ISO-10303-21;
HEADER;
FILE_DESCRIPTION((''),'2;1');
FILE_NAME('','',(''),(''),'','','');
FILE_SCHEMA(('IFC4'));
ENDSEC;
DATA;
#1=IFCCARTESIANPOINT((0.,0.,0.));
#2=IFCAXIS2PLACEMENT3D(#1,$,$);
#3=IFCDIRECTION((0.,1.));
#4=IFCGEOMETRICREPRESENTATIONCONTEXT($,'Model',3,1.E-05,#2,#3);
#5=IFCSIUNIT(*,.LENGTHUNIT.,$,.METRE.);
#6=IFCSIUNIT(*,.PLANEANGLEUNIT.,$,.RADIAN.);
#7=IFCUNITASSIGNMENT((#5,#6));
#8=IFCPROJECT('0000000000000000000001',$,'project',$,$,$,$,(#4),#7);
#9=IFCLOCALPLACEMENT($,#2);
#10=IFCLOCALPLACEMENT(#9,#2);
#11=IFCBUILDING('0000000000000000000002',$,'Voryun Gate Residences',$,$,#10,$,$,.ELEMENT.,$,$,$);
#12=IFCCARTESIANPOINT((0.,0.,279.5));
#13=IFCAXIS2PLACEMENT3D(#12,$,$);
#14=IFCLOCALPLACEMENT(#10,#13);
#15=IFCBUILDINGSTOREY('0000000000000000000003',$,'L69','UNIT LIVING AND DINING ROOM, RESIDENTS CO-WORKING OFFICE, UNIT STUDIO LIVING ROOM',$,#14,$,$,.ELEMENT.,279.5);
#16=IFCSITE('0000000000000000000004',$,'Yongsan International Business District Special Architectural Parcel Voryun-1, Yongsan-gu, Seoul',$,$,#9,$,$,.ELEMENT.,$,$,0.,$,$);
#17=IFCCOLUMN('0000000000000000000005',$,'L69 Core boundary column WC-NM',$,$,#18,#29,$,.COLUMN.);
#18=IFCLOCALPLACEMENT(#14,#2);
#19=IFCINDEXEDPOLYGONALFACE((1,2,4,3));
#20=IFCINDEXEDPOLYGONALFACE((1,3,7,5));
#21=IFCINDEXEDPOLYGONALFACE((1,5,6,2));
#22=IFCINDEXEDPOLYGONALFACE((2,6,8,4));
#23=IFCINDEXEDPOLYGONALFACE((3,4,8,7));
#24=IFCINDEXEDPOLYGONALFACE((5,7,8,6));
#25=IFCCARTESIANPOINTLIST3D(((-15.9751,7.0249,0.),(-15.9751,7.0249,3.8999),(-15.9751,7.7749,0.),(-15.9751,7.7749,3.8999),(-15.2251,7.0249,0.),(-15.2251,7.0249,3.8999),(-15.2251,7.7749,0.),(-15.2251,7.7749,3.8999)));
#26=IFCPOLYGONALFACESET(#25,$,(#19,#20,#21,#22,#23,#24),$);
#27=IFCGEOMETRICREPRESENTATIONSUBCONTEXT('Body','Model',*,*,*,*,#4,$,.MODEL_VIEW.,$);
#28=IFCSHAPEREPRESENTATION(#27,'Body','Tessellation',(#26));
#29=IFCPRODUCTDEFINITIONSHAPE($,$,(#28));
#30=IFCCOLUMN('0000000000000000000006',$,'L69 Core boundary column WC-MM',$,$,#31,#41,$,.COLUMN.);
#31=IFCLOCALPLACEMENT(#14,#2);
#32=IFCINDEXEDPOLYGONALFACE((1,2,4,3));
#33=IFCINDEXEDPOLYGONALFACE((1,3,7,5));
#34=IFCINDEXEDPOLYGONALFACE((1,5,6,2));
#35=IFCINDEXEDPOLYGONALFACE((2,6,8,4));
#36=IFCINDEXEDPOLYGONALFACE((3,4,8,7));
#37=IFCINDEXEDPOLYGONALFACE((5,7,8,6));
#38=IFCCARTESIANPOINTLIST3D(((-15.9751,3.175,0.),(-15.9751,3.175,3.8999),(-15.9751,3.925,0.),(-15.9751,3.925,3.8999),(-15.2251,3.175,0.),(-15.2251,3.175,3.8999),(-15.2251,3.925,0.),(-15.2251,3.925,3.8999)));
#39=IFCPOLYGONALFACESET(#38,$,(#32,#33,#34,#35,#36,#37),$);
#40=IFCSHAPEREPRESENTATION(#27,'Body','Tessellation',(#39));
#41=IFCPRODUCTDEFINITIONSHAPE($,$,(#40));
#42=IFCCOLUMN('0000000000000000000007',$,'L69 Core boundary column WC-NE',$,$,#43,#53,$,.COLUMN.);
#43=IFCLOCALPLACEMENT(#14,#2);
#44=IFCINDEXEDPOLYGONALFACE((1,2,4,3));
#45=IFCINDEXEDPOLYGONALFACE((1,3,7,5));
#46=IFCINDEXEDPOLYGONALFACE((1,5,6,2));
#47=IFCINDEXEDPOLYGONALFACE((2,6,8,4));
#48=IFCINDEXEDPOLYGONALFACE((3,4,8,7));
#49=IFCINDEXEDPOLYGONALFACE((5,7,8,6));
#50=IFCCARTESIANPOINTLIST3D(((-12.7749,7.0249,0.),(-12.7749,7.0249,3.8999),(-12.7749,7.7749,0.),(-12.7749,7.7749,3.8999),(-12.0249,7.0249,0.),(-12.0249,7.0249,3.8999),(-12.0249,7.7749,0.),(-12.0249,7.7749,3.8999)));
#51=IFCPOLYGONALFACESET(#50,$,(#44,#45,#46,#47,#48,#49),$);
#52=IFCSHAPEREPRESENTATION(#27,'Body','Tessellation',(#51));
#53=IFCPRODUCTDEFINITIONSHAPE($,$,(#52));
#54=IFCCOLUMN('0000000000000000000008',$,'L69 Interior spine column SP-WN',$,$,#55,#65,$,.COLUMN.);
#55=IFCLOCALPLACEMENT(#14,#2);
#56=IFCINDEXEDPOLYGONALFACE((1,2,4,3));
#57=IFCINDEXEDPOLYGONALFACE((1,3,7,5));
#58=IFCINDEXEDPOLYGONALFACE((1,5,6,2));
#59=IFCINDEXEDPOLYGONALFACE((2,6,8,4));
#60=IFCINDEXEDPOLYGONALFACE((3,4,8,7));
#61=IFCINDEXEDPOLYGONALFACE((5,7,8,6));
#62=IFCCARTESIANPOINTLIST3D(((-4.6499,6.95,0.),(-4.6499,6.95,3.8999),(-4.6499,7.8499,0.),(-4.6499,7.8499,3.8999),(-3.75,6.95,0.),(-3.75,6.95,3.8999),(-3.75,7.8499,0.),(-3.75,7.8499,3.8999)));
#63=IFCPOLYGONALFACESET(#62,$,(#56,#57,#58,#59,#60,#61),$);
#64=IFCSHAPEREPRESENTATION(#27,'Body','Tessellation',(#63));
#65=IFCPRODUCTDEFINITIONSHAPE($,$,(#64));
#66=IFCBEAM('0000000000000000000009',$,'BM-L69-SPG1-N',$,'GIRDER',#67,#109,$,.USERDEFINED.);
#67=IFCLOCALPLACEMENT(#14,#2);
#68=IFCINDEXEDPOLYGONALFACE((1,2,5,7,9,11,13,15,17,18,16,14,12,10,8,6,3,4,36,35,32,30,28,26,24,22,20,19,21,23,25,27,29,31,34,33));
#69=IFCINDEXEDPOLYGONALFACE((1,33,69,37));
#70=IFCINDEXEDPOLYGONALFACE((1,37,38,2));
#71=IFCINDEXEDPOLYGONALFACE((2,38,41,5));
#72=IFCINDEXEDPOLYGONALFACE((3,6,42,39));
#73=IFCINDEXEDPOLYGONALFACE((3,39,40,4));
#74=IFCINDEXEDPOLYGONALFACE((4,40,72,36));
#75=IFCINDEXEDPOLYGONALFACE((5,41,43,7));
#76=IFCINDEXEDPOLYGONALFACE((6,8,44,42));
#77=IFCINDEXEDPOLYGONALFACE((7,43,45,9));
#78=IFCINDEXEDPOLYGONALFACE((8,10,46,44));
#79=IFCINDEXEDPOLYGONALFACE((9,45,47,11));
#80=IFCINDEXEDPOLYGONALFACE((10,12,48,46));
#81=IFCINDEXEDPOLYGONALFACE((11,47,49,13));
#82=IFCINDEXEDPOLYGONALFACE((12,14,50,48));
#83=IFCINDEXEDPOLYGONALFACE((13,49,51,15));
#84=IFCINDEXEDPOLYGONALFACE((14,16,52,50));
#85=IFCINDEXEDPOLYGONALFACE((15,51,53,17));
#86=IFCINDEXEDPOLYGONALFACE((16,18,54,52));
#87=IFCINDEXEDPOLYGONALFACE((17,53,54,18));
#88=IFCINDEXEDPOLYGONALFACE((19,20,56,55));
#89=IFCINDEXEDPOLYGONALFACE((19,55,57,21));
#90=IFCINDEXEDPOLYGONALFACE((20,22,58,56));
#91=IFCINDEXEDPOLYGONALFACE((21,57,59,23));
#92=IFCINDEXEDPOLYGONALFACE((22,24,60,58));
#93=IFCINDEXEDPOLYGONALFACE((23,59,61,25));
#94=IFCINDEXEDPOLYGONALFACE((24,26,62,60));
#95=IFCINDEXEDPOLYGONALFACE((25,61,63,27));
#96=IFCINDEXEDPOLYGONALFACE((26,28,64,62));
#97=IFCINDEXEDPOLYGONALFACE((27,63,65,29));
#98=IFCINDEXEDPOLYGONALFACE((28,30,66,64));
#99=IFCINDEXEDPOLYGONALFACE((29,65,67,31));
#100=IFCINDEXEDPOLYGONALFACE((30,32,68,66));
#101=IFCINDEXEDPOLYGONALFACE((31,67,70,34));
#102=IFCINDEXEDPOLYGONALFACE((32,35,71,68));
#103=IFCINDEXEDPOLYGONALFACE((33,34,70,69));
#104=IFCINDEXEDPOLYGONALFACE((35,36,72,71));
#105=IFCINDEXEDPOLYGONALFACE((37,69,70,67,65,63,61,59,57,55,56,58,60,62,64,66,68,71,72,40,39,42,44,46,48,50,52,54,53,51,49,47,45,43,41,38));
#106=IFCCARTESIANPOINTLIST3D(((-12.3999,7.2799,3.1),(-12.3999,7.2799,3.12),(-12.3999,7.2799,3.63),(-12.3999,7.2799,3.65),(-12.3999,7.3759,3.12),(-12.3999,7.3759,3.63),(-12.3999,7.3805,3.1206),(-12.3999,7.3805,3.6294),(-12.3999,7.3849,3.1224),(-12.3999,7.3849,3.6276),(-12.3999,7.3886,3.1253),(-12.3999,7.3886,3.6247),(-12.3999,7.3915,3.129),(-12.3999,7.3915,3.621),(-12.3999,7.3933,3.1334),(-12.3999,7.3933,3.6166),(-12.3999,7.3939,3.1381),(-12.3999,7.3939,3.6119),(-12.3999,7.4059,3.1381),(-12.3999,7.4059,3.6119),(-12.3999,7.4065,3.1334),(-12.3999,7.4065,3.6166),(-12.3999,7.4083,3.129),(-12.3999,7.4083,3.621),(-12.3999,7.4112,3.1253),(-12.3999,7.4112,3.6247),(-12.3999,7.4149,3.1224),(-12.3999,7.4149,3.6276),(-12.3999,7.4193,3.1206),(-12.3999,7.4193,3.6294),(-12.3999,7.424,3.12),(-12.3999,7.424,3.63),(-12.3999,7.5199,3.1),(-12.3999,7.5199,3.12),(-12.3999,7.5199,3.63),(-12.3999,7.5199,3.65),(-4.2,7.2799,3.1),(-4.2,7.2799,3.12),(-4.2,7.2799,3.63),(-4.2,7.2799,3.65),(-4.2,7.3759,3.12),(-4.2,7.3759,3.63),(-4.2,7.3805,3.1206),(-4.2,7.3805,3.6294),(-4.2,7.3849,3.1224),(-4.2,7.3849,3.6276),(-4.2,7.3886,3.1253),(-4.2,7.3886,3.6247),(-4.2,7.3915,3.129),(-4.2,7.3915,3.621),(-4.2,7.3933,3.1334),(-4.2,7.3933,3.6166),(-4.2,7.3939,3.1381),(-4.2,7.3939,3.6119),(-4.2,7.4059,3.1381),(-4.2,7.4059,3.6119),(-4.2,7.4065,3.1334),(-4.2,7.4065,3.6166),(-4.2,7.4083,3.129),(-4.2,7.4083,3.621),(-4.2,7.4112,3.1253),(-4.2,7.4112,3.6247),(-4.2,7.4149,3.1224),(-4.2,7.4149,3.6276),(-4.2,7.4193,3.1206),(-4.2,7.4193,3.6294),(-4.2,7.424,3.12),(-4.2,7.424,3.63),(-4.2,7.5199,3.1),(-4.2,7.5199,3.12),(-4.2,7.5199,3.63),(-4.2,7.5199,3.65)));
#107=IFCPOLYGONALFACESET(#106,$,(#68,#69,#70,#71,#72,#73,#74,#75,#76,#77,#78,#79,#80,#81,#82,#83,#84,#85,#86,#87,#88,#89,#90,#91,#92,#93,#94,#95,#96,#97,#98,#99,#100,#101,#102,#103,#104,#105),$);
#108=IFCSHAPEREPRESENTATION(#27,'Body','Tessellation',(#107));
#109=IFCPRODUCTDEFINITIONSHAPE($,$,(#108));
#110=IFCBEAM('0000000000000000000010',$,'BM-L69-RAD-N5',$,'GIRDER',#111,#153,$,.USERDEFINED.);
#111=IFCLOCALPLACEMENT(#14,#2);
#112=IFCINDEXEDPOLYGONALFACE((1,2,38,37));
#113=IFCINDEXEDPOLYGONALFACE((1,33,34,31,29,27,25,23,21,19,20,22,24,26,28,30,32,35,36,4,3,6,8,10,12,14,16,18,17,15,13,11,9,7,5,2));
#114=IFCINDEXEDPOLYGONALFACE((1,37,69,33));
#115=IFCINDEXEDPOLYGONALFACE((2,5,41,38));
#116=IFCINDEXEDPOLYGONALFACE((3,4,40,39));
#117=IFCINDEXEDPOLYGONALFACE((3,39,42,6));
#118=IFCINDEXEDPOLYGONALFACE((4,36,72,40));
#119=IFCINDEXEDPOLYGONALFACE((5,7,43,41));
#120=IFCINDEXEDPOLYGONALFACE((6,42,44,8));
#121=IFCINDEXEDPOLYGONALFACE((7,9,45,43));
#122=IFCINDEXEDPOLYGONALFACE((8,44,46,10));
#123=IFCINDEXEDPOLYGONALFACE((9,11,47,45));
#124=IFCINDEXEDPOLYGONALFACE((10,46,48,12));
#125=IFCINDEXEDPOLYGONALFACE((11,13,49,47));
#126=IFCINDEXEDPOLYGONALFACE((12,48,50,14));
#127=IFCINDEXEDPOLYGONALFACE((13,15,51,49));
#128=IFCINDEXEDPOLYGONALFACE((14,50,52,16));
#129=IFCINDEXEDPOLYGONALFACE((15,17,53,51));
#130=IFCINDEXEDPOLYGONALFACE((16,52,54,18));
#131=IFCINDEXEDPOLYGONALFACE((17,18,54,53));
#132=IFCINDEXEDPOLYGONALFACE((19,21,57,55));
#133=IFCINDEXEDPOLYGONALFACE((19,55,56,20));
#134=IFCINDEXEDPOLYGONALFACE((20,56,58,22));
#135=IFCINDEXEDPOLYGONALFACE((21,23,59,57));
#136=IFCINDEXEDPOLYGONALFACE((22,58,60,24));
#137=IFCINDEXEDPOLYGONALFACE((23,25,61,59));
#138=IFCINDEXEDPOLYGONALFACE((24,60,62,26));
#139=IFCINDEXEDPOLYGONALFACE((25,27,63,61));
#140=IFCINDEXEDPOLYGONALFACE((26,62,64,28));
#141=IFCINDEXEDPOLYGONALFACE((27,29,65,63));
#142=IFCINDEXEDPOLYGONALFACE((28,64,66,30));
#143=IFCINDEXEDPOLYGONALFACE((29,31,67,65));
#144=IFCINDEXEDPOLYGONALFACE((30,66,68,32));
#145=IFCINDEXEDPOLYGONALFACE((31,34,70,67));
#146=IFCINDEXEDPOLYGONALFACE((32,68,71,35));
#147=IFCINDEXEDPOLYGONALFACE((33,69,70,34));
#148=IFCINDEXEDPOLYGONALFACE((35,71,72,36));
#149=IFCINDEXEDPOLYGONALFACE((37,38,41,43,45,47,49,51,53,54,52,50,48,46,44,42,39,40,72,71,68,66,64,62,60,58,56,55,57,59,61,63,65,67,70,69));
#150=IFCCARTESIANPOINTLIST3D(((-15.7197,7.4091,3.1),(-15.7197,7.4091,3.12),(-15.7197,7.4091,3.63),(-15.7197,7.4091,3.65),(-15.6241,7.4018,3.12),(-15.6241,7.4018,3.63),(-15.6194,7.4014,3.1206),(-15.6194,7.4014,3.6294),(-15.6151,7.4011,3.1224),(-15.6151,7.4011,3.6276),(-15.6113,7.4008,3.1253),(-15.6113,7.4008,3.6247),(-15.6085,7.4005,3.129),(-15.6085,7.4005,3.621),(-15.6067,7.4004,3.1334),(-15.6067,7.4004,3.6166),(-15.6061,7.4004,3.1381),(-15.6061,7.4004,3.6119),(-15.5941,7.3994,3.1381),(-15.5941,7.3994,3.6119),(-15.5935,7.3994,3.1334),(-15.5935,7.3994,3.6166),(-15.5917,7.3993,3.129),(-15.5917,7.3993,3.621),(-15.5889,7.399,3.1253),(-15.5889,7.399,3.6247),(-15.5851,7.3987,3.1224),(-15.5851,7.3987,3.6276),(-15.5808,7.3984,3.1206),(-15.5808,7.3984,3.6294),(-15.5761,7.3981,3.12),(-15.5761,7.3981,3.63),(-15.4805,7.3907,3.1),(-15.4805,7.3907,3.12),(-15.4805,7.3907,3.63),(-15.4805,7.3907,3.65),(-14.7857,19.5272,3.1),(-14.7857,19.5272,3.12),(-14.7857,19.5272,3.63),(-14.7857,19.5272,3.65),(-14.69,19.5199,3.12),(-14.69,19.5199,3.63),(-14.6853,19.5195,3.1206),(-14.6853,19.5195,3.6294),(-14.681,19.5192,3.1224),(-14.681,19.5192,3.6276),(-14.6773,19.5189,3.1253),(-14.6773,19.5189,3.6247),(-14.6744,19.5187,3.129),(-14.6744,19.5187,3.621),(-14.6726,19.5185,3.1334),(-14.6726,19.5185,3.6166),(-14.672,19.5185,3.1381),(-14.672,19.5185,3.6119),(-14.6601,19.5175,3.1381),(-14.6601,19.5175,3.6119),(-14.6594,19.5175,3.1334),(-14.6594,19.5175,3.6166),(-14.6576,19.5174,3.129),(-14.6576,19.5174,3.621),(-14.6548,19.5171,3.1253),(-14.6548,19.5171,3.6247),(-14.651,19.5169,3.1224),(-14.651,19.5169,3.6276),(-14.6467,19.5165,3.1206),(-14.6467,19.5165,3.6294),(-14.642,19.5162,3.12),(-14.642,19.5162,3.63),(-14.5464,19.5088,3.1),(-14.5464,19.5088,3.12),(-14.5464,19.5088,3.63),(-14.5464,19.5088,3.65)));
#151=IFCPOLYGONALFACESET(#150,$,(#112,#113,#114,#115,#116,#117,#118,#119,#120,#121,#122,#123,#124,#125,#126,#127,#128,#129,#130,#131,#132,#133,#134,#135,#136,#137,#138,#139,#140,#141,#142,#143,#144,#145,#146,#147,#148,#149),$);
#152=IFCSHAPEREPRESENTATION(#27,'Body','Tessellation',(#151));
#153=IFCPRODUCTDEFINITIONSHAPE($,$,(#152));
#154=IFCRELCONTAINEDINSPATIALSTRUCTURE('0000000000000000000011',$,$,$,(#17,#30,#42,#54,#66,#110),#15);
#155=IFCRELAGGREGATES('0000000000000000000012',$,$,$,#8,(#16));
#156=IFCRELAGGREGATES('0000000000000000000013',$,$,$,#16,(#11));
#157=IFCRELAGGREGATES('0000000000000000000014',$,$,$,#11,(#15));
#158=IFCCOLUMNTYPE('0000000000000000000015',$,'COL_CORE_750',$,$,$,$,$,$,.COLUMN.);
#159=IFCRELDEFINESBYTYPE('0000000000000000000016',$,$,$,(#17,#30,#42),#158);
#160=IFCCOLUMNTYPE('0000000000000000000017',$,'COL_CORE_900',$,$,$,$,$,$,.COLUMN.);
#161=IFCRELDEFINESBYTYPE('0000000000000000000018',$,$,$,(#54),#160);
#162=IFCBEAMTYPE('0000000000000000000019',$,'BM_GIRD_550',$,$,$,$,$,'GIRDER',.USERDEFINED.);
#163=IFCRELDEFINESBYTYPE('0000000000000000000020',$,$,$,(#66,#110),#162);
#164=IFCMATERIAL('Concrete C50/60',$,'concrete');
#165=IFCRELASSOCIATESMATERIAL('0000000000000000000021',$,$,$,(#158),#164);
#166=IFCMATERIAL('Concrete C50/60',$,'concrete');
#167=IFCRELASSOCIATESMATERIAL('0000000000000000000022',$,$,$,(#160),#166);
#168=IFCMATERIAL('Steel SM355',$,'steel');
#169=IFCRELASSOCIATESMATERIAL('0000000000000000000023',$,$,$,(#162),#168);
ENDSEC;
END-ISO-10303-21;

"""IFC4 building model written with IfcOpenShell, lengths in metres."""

from ifc_helpers import new_model, si_unit, direction, frame, origin, origin_2d, place, context, subcontext, project, spatial, rectangle, i_section, extrude, material, material_profile, profile_set, type_object, element, save


model = new_model("IFC4")

# Units and contexts
model_context = context("Model", 3, precision=1e-05, world=origin(), true_north=direction((0.0, 1.0)))
body_context = subcontext(model_context, "Body", "Model", "MODEL_VIEW")
ifc_project = project(units=[si_unit("LENGTHUNIT", "METRE"), si_unit("PLANEANGLEUNIT", "RADIAN")], contexts=[model_context])

# Site, building, storey
site_placement = place(None, origin())
site = spatial("IfcSite", under=ifc_project, at=site_placement, Name="Yongsan International Business District Special Architectural Parcel Voryun-1, Yongsan-gu, Seoul", CompositionType="ELEMENT", RefElevation=0.0)
building_placement = place(site_placement, origin())
building = spatial("IfcBuilding", under=site, at=building_placement, Name="Voryun Gate Residences", CompositionType="ELEMENT")
storey_placement = place(building_placement, frame((0.0, 0.0, 279.5)))
storey = spatial("IfcBuildingStorey", under=building, at=storey_placement, Name="L69", Description="UNIT LIVING AND DINING ROOM, RESIDENTS CO-WORKING OFFICE, UNIT STUDIO LIVING ROOM", CompositionType="ELEMENT", Elevation=279.5)

# Columns
ifc_material_1 = material(Name="Concrete C50/60", Category="concrete")
ifc_material_profile_1 = material_profile(ifc_material_1, rectangle(XDim=0.75, YDim=0.75, at=origin_2d()), Name="RC-750x750")
ifc_profile_set_1 = profile_set([ifc_material_profile_1], Name="Concrete C50/60")
column_type_1 = type_object("IfcColumnType", Name="COL_CORE_750", PredefinedType="COLUMN", material=ifc_profile_set_1)
for number, where, z_axis, x_axis, name in (
    (1, (-15.6001, 7.3999, 0.0), (0.0, 0.0, 1.0), (1.0, 0.0, 0.0), "L69 Core boundary column WC-NM"),
    (2, (-15.6001, 3.55, 0.0), (0.0, 0.0, 1.0), (1.0, 0.0, 0.0), "L69 Core boundary column WC-MM"),
    (3, (-12.3999, 7.3999, 0.0), (0.0, 0.0, 1.0), (1.0, 0.0, 0.0), "L69 Core boundary column WC-NE"),
):
    element("IfcColumn", number, at=place(storey_placement, frame(where, z_axis=z_axis, x_axis=x_axis)), inside=storey, type_object=column_type_1, Name=name, PredefinedType="COLUMN", context=body_context, shape_type="SweptSolid", body=[
        extrude(rectangle(XDim=0.75, YDim=0.75, at=origin_2d()), origin(), (0.0, 0.0, 1.0), 3.8999),
    ])
ifc_material_2 = material(Name="Concrete C50/60", Category="concrete")
ifc_material_profile_2 = material_profile(ifc_material_2, rectangle(XDim=0.8999, YDim=0.8999, at=origin_2d()), Name="RC-900x900")
ifc_profile_set_2 = profile_set([ifc_material_profile_2], Name="Concrete C50/60")
column_type_2 = type_object("IfcColumnType", Name="COL_CORE_900", PredefinedType="COLUMN", material=ifc_profile_set_2)
column_placement = place(storey_placement, frame((-4.2, 7.3999, 0.0), z_axis=(0.0, 0.0, 1.0), x_axis=(1.0, 0.0, 0.0)))
element("IfcColumn", 4, at=column_placement, inside=storey, type_object=column_type_2, Name="L69 Interior spine column SP-WN", PredefinedType="COLUMN", context=body_context, shape_type="SweptSolid", body=[
    extrude(rectangle(XDim=0.8999, YDim=0.8999, at=origin_2d()), origin(), (0.0, 0.0, 1.0), 3.8999),
])

# Beams
ifc_material_3 = material(Name="Steel SM355", Category="steel")
ifc_material_profile_3 = material_profile(ifc_material_3, i_section(OverallWidth=0.24, OverallDepth=0.55, WebThickness=0.012, FlangeThickness=0.02, FilletRadius=0.0181, at=origin_2d()), Name="H-550x240x12x20")
ifc_profile_set_3 = profile_set([ifc_material_profile_3], Name="Steel SM355")
beam_type_1 = type_object("IfcBeamType", Name="BM_GIRD_550", ElementType="GIRDER", PredefinedType="USERDEFINED", material=ifc_profile_set_3)
beam_1_placement = place(storey_placement, frame((-12.3999, 7.3999, 3.375), z_axis=(1.0, 0.0, 0.0), x_axis=(0.0, 1.0, 0.0)))
element("IfcBeam", 5, at=beam_1_placement, inside=storey, type_object=beam_type_1, Name="BM-L69-SPG1-N", ObjectType="GIRDER", PredefinedType="USERDEFINED", context=body_context, shape_type="SweptSolid", body=[
    extrude(i_section(OverallWidth=0.24, OverallDepth=0.55, WebThickness=0.012, FlangeThickness=0.02, FilletRadius=0.0181, at=origin_2d()), origin(), (0.0, 0.0, 1.0), 8.2),
])
beam_2_placement = place(storey_placement, frame((-15.6001, 7.3999, 3.375), z_axis=(0.076853, 0.997042, 0.0), x_axis=(-0.997042, 0.076853, 0.0)))
element("IfcBeam", 6, at=beam_2_placement, inside=storey, type_object=beam_type_1, Name="BM-L69-RAD-N5", ObjectType="GIRDER", PredefinedType="USERDEFINED", context=body_context, shape_type="SweptSolid", body=[
    extrude(i_section(OverallWidth=0.24, OverallDepth=0.55, WebThickness=0.012, FlangeThickness=0.02, FilletRadius=0.0181, at=origin_2d()), origin(), (0.0, 0.0, 1.0), 12.1541),
])

save(model, "model.ifc")
